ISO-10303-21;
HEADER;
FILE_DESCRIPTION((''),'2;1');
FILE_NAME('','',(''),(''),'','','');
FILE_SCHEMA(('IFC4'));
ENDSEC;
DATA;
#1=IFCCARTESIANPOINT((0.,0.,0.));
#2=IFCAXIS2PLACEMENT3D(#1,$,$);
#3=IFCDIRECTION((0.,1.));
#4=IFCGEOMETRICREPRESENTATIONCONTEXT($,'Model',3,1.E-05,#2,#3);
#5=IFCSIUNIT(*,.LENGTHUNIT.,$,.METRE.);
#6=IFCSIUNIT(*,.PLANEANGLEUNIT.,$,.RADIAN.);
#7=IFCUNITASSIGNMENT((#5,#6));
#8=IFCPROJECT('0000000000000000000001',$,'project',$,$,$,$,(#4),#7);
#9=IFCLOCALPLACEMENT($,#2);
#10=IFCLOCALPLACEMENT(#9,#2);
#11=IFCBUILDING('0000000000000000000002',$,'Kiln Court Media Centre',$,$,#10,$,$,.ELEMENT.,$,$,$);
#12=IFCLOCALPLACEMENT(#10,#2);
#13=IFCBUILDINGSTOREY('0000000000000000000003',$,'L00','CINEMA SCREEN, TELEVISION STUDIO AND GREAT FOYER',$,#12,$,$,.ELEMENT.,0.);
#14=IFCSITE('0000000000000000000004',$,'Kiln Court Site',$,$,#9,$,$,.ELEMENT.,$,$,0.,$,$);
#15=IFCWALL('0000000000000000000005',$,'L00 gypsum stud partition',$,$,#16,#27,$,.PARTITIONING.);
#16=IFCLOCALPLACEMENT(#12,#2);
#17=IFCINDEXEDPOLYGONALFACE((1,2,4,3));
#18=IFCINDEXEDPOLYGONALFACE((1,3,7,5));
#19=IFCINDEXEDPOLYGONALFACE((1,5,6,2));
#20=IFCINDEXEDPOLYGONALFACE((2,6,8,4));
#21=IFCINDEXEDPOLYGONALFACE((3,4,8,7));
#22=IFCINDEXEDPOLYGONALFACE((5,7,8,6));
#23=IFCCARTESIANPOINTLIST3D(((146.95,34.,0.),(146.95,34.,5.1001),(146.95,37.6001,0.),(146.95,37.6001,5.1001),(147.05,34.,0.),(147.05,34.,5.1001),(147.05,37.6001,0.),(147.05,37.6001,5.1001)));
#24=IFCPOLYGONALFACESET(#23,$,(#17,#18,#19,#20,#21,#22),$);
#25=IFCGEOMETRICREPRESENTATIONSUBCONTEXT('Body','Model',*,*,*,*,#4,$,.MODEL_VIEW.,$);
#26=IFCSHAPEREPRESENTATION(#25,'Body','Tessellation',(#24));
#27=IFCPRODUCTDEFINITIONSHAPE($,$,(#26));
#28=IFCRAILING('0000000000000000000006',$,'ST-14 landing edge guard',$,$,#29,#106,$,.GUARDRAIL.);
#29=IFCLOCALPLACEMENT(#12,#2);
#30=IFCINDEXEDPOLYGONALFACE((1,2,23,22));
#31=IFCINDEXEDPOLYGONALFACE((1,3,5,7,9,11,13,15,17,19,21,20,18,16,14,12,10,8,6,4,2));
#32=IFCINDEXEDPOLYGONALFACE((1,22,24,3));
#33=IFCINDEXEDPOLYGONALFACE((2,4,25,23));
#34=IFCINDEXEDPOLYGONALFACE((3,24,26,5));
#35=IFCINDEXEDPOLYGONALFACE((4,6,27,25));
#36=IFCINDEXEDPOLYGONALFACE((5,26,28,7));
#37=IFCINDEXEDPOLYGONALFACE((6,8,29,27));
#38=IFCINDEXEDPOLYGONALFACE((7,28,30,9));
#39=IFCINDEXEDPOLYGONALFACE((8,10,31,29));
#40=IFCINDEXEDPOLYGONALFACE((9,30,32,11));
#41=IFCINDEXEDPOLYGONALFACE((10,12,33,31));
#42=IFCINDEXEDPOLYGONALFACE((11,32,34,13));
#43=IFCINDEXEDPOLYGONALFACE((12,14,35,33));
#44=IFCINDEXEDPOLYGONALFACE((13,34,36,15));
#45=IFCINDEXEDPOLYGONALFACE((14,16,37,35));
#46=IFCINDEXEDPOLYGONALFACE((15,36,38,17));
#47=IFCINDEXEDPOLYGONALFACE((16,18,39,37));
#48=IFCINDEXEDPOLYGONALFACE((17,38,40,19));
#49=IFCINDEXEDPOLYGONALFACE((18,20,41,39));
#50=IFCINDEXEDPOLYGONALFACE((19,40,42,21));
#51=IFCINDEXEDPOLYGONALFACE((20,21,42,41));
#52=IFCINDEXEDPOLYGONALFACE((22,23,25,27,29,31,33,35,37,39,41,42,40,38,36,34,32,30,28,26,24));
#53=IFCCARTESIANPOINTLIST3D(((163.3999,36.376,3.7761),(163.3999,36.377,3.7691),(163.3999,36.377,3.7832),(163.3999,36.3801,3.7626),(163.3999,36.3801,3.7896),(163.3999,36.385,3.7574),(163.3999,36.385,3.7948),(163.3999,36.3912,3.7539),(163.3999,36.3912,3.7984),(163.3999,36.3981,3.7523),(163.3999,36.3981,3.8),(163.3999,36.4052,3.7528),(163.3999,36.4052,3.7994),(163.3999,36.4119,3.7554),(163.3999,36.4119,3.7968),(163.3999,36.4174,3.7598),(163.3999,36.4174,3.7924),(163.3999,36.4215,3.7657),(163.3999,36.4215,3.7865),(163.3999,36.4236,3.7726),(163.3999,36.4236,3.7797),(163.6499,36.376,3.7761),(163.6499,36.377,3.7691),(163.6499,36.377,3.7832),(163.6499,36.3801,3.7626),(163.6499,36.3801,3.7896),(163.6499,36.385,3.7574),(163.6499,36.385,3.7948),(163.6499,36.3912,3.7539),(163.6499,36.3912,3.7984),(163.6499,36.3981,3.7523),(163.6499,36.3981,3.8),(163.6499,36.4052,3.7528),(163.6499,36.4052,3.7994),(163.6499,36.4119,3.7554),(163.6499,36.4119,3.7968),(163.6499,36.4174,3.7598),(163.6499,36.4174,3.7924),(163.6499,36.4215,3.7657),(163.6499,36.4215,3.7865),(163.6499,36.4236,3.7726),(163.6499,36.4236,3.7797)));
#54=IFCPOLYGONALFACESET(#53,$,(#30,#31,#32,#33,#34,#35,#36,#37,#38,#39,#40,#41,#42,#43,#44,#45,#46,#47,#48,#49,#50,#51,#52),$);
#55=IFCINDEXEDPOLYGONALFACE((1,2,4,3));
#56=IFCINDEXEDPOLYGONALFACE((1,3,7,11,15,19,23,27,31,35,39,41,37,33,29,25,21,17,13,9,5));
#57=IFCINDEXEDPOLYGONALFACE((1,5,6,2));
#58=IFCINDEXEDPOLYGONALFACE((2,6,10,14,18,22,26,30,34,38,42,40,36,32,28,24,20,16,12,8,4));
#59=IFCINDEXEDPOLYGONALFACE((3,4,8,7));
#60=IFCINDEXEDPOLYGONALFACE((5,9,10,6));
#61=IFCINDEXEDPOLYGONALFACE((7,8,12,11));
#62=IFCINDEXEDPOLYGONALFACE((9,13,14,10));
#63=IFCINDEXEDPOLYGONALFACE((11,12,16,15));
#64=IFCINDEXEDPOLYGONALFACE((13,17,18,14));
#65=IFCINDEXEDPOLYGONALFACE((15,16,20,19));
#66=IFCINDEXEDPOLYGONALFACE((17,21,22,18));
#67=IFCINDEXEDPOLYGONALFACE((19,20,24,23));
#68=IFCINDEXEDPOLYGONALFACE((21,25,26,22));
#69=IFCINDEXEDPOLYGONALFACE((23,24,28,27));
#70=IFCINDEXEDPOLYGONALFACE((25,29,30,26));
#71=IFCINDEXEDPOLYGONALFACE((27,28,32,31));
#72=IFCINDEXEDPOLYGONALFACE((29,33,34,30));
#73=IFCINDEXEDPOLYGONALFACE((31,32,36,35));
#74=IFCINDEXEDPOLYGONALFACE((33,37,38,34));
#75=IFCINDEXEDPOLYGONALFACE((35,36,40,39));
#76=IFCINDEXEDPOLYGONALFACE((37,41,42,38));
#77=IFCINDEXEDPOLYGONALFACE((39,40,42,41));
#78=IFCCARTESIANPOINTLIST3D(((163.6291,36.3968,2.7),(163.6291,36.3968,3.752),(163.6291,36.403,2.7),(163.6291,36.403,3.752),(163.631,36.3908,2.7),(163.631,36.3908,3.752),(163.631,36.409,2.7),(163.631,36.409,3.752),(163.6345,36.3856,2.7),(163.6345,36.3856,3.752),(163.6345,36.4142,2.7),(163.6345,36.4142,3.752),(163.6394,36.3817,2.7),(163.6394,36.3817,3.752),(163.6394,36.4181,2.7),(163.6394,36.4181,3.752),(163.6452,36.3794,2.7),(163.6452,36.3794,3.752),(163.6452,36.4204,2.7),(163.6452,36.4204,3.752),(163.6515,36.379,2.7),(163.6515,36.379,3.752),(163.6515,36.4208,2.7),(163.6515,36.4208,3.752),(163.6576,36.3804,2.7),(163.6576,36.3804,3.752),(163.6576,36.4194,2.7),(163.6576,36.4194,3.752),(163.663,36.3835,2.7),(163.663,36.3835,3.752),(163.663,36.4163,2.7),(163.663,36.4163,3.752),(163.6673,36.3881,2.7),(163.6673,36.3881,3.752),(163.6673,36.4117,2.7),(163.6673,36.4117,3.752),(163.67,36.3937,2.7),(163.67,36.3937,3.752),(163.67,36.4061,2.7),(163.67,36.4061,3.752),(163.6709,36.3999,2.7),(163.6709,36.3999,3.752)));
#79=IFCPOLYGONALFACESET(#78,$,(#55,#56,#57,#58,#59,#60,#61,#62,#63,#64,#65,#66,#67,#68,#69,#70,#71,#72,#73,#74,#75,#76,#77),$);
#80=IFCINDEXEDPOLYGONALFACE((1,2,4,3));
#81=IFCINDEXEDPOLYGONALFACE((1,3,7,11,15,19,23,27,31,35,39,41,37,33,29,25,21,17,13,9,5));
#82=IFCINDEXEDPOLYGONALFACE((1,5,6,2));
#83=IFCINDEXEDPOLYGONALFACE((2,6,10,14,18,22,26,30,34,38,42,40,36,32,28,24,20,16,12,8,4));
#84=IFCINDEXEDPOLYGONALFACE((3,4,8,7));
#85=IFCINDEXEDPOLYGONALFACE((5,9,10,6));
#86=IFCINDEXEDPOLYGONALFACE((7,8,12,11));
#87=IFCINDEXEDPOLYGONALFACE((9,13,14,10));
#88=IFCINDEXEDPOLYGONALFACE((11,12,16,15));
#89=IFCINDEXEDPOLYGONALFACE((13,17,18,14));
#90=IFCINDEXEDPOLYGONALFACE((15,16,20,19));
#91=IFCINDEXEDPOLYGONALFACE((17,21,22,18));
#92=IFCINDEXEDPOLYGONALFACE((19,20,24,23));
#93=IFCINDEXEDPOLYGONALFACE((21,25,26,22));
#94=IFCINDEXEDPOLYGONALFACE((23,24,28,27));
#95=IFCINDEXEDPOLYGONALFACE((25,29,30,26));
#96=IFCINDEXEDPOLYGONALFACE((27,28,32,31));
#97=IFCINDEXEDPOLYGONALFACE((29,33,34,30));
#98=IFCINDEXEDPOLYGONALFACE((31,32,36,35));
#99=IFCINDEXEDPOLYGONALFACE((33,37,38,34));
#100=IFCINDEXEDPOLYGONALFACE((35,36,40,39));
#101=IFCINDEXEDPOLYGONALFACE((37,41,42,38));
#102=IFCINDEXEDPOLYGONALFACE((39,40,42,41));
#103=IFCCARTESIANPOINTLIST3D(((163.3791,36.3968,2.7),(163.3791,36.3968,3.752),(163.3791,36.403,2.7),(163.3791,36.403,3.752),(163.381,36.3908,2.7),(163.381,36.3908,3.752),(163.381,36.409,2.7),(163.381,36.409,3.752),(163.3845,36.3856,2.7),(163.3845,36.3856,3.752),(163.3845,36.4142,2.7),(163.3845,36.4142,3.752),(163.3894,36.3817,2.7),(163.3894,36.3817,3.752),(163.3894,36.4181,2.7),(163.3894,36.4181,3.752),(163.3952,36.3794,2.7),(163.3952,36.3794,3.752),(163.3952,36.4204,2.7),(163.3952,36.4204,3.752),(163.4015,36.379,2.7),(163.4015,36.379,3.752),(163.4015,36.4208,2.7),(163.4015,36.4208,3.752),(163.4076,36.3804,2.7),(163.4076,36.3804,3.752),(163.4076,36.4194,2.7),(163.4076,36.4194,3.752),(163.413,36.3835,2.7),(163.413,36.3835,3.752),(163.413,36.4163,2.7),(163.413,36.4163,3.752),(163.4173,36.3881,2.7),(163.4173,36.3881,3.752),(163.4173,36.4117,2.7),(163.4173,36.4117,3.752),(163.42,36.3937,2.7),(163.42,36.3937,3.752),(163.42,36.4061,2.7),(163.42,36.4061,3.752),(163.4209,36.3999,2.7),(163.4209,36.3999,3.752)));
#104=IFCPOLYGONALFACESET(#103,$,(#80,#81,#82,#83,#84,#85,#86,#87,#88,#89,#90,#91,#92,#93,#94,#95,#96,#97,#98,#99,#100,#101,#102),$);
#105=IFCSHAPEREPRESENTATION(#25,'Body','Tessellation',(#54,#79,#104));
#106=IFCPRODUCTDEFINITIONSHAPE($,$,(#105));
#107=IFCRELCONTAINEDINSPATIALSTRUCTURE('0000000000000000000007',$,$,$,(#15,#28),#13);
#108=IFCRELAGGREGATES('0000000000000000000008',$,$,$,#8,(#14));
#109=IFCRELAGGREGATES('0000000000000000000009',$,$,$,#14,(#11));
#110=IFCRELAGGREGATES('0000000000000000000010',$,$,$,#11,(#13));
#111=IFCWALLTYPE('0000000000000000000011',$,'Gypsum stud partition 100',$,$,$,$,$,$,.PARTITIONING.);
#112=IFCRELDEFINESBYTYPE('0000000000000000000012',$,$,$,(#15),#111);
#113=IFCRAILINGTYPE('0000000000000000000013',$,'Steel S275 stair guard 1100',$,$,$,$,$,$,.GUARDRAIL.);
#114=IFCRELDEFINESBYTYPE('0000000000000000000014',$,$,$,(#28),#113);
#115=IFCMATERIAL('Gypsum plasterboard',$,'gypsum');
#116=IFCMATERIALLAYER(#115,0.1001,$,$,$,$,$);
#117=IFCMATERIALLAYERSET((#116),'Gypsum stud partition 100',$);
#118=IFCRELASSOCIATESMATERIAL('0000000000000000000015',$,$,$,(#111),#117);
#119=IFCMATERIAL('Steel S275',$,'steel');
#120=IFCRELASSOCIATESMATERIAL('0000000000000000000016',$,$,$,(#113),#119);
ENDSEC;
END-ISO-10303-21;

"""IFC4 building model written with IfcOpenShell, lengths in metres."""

from ifc_helpers import new_model, si_unit, direction, frame, frame_2d, origin, origin_2d, place, context, subcontext, project, spatial, rectangle, circle, extrude, material, layer, layer_set, type_object, element, save


model = new_model("IFC4")

# Units and contexts
model_context = context("Model", 3, precision=1e-05, world=origin(), true_north=direction((0.0, 1.0)))
body_context = subcontext(model_context, "Body", "Model", "MODEL_VIEW")
ifc_project = project(units=[si_unit("LENGTHUNIT", "METRE"), si_unit("PLANEANGLEUNIT", "RADIAN")], contexts=[model_context])

# Site, building, storey
site_placement = place(None, origin())
site = spatial("IfcSite", under=ifc_project, at=site_placement, Name="Kiln Court Site", CompositionType="ELEMENT", RefElevation=0.0)
building_placement = place(site_placement, origin())
building = spatial("IfcBuilding", under=site, at=building_placement, Name="Kiln Court Media Centre", CompositionType="ELEMENT")
storey_placement = place(building_placement, origin())
storey = spatial("IfcBuildingStorey", under=building, at=storey_placement, Name="L00", Description="CINEMA SCREEN, TELEVISION STUDIO AND GREAT FOYER", CompositionType="ELEMENT", Elevation=0.0)

# Wall
ifc_material_1 = material(Name="Gypsum plasterboard", Category="gypsum")
ifc_layer_1 = layer(ifc_material_1, 0.1001)
ifc_layer_set_1 = layer_set([ifc_layer_1], Name="Gypsum stud partition 100")
wall_type_1 = type_object("IfcWallType", Name="Gypsum stud partition 100", PredefinedType="PARTITIONING", material=ifc_layer_set_1)
wall_1_placement = place(storey_placement, frame((147.0, 34.0, 0.0), z_axis=(0.0, 0.0, 1.0), x_axis=(0.0, 1.0, 0.0)))
element("IfcWall", 1, at=wall_1_placement, inside=storey, type_object=wall_type_1, Name="L00 gypsum stud partition", PredefinedType="PARTITIONING", context=body_context, shape_type="SweptSolid", body=[
    extrude(rectangle(XDim=3.6001, YDim=0.1001, at=frame_2d((1.8, 0.0))), origin(), (0.0, 0.0, 1.0), 5.1001),
])

# Railing
ifc_material_2 = material(Name="Steel S275", Category="steel")
railing_type = type_object("IfcRailingType", Name="Steel S275 stair guard 1100", PredefinedType="GUARDRAIL", material=ifc_material_2)
railing_placement = place(storey_placement, frame((163.6499, 36.3999, 2.7)))
element("IfcRailing", 2, at=railing_placement, inside=storey, type_object=railing_type, Name="ST-14 landing edge guard", PredefinedType="GUARDRAIL", context=body_context, shape_type="SweptSolid", body=[
    extrude(circle(Radius=0.0239, at=origin_2d()), frame((0.0, 0.0, 1.0762), z_axis=(-1.0, 0.0, 0.0), x_axis=(0.0, -1.0, 0.0)), (0.0, 0.0, 1.0), 0.25),
    extrude(circle(Radius=0.021, at=origin_2d()), origin(), (0.0, 0.0, 1.0), 1.052),
    extrude(circle(Radius=0.021, at=origin_2d()), frame((-0.25, 0.0, 0.0)), (0.0, 0.0, 1.0), 1.052),
])

save(model, "model.ifc")
